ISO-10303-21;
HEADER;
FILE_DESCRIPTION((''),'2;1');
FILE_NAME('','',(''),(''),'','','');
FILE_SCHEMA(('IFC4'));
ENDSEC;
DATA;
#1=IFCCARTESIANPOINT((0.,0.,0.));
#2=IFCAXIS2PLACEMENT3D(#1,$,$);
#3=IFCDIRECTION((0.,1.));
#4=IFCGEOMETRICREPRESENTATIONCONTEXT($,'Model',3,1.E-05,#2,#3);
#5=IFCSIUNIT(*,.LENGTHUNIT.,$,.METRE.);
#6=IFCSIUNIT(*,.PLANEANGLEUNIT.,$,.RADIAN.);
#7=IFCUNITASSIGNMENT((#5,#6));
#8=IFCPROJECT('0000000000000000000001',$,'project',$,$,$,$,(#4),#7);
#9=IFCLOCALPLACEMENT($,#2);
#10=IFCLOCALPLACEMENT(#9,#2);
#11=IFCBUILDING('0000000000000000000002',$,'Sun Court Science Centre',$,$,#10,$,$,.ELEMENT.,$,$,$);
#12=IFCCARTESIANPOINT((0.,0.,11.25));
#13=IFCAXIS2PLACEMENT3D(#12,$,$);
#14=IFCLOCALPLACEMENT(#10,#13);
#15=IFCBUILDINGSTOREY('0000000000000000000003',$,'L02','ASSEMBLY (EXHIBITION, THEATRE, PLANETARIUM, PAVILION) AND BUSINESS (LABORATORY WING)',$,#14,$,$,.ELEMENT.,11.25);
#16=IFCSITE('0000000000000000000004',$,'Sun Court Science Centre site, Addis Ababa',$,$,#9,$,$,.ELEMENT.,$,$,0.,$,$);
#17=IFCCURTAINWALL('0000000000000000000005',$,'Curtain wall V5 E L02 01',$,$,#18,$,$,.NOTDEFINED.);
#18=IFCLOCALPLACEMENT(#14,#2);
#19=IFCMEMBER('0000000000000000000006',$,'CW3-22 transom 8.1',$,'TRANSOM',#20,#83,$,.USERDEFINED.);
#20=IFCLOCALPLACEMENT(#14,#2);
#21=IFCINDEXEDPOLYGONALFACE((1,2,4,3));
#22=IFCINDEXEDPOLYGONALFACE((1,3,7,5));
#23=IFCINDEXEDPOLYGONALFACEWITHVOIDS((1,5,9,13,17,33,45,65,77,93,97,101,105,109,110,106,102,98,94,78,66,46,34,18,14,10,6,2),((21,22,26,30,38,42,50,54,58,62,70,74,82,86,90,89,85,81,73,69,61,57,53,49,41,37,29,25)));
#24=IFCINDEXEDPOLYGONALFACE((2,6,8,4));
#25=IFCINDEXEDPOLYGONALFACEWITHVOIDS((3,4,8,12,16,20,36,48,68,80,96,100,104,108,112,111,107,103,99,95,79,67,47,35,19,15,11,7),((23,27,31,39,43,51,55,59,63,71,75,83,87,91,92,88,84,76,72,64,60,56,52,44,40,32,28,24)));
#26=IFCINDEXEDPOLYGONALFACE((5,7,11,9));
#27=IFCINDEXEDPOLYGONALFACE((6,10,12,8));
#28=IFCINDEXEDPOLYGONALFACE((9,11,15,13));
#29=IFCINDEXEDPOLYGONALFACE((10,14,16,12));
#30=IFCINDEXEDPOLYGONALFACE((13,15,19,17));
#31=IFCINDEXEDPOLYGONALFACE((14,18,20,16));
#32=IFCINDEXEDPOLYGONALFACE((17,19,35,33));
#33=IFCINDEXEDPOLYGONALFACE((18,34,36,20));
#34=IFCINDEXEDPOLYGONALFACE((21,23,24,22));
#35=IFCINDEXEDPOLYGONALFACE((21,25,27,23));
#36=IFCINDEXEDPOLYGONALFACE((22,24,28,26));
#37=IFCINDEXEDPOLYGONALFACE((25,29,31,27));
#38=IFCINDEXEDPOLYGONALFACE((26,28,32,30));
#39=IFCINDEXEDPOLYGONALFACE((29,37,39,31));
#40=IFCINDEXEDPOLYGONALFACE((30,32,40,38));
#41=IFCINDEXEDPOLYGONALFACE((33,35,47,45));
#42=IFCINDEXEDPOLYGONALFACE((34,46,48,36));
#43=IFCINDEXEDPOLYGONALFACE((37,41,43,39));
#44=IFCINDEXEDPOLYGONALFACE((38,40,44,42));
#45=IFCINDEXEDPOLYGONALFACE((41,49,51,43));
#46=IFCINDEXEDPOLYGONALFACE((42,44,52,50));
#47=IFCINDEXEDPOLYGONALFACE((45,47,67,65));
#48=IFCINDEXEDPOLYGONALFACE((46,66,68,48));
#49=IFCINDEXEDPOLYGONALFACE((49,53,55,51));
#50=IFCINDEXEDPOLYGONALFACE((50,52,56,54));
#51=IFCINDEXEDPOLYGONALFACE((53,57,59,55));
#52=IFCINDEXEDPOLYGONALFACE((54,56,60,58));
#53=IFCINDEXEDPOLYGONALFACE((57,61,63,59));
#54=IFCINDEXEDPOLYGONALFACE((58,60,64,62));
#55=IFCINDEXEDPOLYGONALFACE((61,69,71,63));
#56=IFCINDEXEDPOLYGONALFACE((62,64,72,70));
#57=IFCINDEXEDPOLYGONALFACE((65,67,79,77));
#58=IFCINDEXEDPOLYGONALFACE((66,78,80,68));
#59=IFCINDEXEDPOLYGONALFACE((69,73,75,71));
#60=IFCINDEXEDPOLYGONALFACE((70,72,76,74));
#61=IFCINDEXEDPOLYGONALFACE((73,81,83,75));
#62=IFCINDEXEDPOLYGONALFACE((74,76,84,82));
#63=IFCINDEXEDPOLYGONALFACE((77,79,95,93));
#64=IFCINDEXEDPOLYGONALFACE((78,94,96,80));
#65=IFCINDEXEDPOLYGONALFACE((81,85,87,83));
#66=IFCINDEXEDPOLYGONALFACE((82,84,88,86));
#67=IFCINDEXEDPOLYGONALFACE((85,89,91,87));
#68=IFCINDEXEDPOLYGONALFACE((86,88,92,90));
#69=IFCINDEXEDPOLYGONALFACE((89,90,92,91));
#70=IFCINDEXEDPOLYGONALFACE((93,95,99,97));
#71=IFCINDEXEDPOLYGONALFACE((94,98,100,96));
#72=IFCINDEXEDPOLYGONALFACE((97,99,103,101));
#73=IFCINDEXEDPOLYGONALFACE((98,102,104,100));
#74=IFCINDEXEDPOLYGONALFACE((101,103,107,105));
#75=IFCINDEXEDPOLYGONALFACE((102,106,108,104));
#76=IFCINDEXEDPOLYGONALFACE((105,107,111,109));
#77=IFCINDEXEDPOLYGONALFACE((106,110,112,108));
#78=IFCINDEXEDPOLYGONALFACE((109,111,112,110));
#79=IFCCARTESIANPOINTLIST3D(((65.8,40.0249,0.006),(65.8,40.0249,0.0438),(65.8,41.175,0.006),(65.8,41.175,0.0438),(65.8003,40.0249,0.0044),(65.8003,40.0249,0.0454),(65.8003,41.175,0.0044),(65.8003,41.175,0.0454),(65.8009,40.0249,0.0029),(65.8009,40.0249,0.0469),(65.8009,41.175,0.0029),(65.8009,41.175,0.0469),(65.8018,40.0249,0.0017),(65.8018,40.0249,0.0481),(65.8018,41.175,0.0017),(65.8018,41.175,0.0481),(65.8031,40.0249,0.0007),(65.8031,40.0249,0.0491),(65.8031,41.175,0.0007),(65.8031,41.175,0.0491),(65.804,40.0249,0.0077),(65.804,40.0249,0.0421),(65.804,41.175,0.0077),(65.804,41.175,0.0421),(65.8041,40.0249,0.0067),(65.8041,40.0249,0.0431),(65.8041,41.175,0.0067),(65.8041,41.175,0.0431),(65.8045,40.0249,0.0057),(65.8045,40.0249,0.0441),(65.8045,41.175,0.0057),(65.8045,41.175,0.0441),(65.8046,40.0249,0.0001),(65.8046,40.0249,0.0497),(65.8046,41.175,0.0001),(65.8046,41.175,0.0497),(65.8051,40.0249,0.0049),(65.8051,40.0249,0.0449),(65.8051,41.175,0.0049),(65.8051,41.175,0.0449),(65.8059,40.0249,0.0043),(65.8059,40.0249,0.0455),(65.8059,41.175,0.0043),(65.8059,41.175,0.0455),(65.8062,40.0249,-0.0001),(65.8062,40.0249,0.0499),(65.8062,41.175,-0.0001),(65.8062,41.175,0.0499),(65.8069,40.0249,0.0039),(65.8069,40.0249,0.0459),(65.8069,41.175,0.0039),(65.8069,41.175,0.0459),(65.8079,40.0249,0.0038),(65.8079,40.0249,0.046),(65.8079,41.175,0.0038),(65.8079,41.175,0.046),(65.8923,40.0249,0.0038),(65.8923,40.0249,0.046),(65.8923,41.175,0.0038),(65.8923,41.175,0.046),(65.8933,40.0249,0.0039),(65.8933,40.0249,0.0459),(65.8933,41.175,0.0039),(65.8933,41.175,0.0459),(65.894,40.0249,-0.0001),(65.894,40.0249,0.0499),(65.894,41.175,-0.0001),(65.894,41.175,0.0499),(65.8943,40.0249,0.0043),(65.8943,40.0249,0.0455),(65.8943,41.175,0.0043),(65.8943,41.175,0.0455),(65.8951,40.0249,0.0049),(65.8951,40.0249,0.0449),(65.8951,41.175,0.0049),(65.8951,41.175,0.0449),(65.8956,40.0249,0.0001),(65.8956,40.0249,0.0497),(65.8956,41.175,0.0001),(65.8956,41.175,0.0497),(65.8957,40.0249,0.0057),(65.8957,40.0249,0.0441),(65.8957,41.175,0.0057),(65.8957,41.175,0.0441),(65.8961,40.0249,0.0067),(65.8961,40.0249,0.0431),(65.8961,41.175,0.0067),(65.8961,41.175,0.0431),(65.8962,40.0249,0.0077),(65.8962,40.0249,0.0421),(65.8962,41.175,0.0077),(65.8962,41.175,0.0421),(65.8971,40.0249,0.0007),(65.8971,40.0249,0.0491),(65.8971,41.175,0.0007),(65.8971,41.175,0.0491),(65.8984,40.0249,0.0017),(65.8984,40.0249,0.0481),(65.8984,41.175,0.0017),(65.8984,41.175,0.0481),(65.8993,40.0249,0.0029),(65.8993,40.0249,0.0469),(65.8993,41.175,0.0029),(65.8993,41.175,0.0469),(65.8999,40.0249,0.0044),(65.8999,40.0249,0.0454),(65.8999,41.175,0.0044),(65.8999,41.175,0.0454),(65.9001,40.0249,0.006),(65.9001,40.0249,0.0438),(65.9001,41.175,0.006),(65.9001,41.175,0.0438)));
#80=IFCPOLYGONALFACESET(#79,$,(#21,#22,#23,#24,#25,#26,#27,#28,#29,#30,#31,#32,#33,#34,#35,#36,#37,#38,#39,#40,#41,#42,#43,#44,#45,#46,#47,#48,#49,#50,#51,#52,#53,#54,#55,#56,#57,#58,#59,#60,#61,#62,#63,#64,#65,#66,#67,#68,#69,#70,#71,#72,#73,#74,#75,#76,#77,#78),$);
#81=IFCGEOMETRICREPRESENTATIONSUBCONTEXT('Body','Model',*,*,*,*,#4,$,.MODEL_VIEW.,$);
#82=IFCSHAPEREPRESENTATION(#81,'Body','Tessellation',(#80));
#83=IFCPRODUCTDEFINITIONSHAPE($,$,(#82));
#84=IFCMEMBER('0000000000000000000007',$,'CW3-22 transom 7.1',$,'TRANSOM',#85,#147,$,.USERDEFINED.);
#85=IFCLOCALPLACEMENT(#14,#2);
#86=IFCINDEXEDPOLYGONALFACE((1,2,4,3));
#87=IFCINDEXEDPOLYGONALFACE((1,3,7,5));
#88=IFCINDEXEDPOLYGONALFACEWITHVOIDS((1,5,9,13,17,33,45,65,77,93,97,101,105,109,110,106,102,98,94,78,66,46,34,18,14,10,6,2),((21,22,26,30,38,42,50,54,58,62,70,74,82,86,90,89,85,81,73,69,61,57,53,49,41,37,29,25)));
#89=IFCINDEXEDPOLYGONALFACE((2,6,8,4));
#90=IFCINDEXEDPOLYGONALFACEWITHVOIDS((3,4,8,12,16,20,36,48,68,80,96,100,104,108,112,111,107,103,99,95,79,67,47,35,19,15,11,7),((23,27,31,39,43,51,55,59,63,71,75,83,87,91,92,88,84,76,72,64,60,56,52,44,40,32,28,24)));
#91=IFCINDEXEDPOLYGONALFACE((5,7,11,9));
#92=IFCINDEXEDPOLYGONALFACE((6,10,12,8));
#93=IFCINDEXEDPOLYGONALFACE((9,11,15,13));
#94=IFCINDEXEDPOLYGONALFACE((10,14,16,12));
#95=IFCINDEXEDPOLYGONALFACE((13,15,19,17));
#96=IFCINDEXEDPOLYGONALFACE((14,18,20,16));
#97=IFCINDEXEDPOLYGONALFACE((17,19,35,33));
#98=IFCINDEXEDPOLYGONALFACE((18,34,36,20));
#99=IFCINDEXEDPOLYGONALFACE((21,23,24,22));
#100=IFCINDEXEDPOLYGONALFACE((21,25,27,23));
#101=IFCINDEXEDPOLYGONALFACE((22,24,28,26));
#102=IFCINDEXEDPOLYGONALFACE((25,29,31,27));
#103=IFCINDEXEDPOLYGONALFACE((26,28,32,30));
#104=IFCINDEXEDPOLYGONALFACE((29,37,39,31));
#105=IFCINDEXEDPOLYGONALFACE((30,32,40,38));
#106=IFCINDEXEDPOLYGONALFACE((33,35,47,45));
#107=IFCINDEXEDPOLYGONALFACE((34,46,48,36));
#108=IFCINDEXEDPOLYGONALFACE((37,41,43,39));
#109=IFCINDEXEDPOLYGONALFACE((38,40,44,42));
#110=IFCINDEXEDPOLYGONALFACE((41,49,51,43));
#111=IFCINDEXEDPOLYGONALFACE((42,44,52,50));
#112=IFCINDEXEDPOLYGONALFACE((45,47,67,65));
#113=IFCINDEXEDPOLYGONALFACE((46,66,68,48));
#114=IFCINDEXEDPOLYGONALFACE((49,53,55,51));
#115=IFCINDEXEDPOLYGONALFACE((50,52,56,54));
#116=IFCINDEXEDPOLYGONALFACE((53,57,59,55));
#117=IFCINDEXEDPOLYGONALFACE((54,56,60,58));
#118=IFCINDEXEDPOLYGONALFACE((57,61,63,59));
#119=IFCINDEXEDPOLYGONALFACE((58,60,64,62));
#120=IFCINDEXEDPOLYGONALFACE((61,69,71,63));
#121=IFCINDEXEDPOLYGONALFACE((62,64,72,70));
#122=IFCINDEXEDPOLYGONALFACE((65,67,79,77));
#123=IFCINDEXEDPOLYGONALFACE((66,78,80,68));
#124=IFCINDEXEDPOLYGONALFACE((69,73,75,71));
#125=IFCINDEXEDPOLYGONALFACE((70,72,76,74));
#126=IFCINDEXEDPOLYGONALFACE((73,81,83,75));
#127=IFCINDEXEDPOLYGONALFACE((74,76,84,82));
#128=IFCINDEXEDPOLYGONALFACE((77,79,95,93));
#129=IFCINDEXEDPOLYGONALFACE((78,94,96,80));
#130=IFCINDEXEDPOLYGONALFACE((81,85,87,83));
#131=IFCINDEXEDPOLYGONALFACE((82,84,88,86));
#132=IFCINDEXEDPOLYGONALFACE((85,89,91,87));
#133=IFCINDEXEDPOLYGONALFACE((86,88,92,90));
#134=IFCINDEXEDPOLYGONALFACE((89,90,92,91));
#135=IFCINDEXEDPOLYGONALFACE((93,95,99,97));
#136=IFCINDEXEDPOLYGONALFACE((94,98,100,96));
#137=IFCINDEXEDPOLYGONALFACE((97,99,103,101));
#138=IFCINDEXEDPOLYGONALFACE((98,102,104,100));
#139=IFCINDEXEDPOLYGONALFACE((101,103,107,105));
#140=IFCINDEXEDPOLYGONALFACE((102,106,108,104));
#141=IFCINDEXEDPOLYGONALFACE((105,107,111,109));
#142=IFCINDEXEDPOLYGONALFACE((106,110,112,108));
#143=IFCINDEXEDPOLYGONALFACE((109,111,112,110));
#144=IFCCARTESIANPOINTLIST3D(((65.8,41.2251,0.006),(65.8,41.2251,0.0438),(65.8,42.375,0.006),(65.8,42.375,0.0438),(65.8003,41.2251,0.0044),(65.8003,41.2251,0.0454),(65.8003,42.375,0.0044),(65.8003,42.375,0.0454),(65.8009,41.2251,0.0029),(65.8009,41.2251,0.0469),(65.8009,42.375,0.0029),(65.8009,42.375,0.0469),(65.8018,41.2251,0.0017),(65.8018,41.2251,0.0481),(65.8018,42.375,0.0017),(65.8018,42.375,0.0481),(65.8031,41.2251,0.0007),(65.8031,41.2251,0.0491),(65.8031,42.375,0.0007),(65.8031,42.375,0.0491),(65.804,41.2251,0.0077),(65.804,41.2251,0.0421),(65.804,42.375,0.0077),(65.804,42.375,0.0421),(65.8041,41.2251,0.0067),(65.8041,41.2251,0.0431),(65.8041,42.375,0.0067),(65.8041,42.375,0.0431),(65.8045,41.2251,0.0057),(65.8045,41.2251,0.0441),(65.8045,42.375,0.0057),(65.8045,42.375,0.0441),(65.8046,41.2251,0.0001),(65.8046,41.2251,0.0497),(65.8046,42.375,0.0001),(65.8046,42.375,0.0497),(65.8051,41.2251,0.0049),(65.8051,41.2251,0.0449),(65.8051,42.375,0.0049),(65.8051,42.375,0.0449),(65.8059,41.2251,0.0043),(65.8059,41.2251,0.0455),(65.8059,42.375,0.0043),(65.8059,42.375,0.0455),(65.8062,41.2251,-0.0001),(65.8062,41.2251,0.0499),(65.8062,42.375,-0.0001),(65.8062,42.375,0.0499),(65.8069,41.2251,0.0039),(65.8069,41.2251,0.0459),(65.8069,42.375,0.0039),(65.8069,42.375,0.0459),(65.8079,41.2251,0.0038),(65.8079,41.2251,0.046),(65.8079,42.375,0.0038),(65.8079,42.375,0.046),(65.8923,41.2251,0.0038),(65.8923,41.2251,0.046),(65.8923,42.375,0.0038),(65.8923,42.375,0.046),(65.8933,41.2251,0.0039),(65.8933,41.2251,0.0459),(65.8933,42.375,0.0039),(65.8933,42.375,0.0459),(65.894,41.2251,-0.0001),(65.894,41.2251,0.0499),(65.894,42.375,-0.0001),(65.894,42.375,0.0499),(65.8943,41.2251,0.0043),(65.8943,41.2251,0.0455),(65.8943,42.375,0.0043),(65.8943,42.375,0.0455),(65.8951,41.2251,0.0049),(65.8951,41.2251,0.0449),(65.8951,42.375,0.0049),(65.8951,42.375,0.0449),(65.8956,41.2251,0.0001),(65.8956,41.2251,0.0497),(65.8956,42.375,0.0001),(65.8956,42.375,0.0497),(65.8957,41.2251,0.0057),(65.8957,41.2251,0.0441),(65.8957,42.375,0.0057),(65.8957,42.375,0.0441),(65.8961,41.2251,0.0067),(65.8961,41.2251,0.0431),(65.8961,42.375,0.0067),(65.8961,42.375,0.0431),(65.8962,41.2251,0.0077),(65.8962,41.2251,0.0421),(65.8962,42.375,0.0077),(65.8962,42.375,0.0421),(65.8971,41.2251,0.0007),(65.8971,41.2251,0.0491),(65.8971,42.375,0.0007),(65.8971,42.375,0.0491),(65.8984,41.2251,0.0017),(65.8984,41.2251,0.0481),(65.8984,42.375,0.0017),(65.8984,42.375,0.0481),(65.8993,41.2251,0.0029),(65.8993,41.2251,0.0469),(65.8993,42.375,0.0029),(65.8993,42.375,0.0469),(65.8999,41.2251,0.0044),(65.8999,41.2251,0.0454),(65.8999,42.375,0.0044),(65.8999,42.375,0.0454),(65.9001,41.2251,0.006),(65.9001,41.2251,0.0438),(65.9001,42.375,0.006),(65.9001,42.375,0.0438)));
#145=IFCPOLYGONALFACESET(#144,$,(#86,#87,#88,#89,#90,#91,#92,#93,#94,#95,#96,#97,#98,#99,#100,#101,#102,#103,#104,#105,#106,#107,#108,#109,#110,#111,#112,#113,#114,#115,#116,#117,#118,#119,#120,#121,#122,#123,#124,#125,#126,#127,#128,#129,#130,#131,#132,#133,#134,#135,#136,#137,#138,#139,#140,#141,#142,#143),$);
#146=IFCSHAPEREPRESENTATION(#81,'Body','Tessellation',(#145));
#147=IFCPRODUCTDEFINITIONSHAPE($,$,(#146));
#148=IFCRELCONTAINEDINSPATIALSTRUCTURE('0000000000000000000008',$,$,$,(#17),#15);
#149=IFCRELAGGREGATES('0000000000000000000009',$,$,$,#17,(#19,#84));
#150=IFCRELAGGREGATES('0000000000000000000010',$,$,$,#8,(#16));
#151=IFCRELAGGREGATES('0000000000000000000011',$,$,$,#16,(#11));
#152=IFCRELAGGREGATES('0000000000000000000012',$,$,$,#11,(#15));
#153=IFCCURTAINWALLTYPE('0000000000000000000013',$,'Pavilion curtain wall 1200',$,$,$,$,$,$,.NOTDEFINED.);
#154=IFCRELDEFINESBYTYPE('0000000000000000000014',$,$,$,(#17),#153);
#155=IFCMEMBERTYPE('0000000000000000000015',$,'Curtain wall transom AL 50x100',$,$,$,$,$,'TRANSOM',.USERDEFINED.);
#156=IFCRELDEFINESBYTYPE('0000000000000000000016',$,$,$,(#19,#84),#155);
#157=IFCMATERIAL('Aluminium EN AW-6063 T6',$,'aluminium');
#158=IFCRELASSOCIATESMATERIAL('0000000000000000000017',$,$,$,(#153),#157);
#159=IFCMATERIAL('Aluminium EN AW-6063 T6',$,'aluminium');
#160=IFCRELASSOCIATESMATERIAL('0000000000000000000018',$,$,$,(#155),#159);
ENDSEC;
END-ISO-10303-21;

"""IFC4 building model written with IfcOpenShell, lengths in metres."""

from ifc_helpers import new_model, si_unit, direction, frame, origin, origin_2d, place, context, subcontext, project, spatial, hollow_rectangle, extrude, material, material_profile, profile_set, type_object, element, aggregate, save


model = new_model("IFC4")

# Units and contexts
model_context = context("Model", 3, precision=1e-05, world=origin(), true_north=direction((0.0, 1.0)))
body_context = subcontext(model_context, "Body", "Model", "MODEL_VIEW")
ifc_project = project(units=[si_unit("LENGTHUNIT", "METRE"), si_unit("PLANEANGLEUNIT", "RADIAN")], contexts=[model_context])

# Site, building, storey
site_placement = place(None, origin())
site = spatial("IfcSite", under=ifc_project, at=site_placement, Name="Sun Court Science Centre site, Addis Ababa", CompositionType="ELEMENT", RefElevation=0.0)
building_placement = place(site_placement, origin())
building = spatial("IfcBuilding", under=site, at=building_placement, Name="Sun Court Science Centre", CompositionType="ELEMENT")
storey_placement = place(building_placement, frame((0.0, 0.0, 11.25)))
storey = spatial("IfcBuildingStorey", under=building, at=storey_placement, Name="L02", Description="ASSEMBLY (EXHIBITION, THEATRE, PLANETARIUM, PAVILION) AND BUSINESS (LABORATORY WING)", CompositionType="ELEMENT", Elevation=11.25)

# Curtain wall, members
ifc_material_1 = material(Name="Aluminium EN AW-6063 T6", Category="aluminium")
curtain_wall_type = type_object("IfcCurtainWallType", Name="Pavilion curtain wall 1200", PredefinedType="NOTDEFINED", material=ifc_material_1)
curtain_wall_placement = place(storey_placement, origin())
curtain_wall = element("IfcCurtainWall", 1, at=curtain_wall_placement, inside=storey, type_object=curtain_wall_type, Name="Curtain wall V5 E L02 01", PredefinedType="NOTDEFINED")
ifc_material_2 = material(Name="Aluminium EN AW-6063 T6", Category="aluminium")
ifc_material_profile_1 = material_profile(ifc_material_2, hollow_rectangle(XDim=0.05, YDim=0.1001, WallThickness=0.0039, InnerFilletRadius=0.0039, OuterFilletRadius=0.0061, at=origin_2d()), Name="AL 50x100x4")
ifc_profile_set_1 = profile_set([ifc_material_profile_1], Name="Aluminium EN AW-6063 T6")
member_type_1 = type_object("IfcMemberType", Name="Curtain wall transom AL 50x100", ElementType="TRANSOM", PredefinedType="USERDEFINED", material=ifc_profile_set_1)
member_1_placement = place(storey_placement, frame((65.8501, 41.175, 0.0249), z_axis=(0.0, -1.0, 0.0), x_axis=(0.0, 0.0, 1.0)))
member_1 = element("IfcMember", 2, at=member_1_placement, type_object=member_type_1, Name="CW3-22 transom 8.1", ObjectType="TRANSOM", PredefinedType="USERDEFINED", context=body_context, shape_type="SweptSolid", body=[
    extrude(hollow_rectangle(XDim=0.05, YDim=0.1001, WallThickness=0.0039, InnerFilletRadius=0.0039, OuterFilletRadius=0.0061, at=origin_2d()), origin(), (0.0, 0.0, 1.0), 1.1501),
])
member_2_placement = place(storey_placement, frame((65.8501, 42.375, 0.0249), z_axis=(0.0, -1.0, 0.0), x_axis=(0.0, 0.0, 1.0)))
member_2 = element("IfcMember", 3, at=member_2_placement, type_object=member_type_1, Name="CW3-22 transom 7.1", ObjectType="TRANSOM", PredefinedType="USERDEFINED", context=body_context, shape_type="SweptSolid", body=[
    extrude(hollow_rectangle(XDim=0.05, YDim=0.1001, WallThickness=0.0039, InnerFilletRadius=0.0039, OuterFilletRadius=0.0061, at=origin_2d()), origin(), (0.0, 0.0, 1.0), 1.1499),
])
aggregate(curtain_wall, [member_1, member_2])

save(model, "model.ifc")
